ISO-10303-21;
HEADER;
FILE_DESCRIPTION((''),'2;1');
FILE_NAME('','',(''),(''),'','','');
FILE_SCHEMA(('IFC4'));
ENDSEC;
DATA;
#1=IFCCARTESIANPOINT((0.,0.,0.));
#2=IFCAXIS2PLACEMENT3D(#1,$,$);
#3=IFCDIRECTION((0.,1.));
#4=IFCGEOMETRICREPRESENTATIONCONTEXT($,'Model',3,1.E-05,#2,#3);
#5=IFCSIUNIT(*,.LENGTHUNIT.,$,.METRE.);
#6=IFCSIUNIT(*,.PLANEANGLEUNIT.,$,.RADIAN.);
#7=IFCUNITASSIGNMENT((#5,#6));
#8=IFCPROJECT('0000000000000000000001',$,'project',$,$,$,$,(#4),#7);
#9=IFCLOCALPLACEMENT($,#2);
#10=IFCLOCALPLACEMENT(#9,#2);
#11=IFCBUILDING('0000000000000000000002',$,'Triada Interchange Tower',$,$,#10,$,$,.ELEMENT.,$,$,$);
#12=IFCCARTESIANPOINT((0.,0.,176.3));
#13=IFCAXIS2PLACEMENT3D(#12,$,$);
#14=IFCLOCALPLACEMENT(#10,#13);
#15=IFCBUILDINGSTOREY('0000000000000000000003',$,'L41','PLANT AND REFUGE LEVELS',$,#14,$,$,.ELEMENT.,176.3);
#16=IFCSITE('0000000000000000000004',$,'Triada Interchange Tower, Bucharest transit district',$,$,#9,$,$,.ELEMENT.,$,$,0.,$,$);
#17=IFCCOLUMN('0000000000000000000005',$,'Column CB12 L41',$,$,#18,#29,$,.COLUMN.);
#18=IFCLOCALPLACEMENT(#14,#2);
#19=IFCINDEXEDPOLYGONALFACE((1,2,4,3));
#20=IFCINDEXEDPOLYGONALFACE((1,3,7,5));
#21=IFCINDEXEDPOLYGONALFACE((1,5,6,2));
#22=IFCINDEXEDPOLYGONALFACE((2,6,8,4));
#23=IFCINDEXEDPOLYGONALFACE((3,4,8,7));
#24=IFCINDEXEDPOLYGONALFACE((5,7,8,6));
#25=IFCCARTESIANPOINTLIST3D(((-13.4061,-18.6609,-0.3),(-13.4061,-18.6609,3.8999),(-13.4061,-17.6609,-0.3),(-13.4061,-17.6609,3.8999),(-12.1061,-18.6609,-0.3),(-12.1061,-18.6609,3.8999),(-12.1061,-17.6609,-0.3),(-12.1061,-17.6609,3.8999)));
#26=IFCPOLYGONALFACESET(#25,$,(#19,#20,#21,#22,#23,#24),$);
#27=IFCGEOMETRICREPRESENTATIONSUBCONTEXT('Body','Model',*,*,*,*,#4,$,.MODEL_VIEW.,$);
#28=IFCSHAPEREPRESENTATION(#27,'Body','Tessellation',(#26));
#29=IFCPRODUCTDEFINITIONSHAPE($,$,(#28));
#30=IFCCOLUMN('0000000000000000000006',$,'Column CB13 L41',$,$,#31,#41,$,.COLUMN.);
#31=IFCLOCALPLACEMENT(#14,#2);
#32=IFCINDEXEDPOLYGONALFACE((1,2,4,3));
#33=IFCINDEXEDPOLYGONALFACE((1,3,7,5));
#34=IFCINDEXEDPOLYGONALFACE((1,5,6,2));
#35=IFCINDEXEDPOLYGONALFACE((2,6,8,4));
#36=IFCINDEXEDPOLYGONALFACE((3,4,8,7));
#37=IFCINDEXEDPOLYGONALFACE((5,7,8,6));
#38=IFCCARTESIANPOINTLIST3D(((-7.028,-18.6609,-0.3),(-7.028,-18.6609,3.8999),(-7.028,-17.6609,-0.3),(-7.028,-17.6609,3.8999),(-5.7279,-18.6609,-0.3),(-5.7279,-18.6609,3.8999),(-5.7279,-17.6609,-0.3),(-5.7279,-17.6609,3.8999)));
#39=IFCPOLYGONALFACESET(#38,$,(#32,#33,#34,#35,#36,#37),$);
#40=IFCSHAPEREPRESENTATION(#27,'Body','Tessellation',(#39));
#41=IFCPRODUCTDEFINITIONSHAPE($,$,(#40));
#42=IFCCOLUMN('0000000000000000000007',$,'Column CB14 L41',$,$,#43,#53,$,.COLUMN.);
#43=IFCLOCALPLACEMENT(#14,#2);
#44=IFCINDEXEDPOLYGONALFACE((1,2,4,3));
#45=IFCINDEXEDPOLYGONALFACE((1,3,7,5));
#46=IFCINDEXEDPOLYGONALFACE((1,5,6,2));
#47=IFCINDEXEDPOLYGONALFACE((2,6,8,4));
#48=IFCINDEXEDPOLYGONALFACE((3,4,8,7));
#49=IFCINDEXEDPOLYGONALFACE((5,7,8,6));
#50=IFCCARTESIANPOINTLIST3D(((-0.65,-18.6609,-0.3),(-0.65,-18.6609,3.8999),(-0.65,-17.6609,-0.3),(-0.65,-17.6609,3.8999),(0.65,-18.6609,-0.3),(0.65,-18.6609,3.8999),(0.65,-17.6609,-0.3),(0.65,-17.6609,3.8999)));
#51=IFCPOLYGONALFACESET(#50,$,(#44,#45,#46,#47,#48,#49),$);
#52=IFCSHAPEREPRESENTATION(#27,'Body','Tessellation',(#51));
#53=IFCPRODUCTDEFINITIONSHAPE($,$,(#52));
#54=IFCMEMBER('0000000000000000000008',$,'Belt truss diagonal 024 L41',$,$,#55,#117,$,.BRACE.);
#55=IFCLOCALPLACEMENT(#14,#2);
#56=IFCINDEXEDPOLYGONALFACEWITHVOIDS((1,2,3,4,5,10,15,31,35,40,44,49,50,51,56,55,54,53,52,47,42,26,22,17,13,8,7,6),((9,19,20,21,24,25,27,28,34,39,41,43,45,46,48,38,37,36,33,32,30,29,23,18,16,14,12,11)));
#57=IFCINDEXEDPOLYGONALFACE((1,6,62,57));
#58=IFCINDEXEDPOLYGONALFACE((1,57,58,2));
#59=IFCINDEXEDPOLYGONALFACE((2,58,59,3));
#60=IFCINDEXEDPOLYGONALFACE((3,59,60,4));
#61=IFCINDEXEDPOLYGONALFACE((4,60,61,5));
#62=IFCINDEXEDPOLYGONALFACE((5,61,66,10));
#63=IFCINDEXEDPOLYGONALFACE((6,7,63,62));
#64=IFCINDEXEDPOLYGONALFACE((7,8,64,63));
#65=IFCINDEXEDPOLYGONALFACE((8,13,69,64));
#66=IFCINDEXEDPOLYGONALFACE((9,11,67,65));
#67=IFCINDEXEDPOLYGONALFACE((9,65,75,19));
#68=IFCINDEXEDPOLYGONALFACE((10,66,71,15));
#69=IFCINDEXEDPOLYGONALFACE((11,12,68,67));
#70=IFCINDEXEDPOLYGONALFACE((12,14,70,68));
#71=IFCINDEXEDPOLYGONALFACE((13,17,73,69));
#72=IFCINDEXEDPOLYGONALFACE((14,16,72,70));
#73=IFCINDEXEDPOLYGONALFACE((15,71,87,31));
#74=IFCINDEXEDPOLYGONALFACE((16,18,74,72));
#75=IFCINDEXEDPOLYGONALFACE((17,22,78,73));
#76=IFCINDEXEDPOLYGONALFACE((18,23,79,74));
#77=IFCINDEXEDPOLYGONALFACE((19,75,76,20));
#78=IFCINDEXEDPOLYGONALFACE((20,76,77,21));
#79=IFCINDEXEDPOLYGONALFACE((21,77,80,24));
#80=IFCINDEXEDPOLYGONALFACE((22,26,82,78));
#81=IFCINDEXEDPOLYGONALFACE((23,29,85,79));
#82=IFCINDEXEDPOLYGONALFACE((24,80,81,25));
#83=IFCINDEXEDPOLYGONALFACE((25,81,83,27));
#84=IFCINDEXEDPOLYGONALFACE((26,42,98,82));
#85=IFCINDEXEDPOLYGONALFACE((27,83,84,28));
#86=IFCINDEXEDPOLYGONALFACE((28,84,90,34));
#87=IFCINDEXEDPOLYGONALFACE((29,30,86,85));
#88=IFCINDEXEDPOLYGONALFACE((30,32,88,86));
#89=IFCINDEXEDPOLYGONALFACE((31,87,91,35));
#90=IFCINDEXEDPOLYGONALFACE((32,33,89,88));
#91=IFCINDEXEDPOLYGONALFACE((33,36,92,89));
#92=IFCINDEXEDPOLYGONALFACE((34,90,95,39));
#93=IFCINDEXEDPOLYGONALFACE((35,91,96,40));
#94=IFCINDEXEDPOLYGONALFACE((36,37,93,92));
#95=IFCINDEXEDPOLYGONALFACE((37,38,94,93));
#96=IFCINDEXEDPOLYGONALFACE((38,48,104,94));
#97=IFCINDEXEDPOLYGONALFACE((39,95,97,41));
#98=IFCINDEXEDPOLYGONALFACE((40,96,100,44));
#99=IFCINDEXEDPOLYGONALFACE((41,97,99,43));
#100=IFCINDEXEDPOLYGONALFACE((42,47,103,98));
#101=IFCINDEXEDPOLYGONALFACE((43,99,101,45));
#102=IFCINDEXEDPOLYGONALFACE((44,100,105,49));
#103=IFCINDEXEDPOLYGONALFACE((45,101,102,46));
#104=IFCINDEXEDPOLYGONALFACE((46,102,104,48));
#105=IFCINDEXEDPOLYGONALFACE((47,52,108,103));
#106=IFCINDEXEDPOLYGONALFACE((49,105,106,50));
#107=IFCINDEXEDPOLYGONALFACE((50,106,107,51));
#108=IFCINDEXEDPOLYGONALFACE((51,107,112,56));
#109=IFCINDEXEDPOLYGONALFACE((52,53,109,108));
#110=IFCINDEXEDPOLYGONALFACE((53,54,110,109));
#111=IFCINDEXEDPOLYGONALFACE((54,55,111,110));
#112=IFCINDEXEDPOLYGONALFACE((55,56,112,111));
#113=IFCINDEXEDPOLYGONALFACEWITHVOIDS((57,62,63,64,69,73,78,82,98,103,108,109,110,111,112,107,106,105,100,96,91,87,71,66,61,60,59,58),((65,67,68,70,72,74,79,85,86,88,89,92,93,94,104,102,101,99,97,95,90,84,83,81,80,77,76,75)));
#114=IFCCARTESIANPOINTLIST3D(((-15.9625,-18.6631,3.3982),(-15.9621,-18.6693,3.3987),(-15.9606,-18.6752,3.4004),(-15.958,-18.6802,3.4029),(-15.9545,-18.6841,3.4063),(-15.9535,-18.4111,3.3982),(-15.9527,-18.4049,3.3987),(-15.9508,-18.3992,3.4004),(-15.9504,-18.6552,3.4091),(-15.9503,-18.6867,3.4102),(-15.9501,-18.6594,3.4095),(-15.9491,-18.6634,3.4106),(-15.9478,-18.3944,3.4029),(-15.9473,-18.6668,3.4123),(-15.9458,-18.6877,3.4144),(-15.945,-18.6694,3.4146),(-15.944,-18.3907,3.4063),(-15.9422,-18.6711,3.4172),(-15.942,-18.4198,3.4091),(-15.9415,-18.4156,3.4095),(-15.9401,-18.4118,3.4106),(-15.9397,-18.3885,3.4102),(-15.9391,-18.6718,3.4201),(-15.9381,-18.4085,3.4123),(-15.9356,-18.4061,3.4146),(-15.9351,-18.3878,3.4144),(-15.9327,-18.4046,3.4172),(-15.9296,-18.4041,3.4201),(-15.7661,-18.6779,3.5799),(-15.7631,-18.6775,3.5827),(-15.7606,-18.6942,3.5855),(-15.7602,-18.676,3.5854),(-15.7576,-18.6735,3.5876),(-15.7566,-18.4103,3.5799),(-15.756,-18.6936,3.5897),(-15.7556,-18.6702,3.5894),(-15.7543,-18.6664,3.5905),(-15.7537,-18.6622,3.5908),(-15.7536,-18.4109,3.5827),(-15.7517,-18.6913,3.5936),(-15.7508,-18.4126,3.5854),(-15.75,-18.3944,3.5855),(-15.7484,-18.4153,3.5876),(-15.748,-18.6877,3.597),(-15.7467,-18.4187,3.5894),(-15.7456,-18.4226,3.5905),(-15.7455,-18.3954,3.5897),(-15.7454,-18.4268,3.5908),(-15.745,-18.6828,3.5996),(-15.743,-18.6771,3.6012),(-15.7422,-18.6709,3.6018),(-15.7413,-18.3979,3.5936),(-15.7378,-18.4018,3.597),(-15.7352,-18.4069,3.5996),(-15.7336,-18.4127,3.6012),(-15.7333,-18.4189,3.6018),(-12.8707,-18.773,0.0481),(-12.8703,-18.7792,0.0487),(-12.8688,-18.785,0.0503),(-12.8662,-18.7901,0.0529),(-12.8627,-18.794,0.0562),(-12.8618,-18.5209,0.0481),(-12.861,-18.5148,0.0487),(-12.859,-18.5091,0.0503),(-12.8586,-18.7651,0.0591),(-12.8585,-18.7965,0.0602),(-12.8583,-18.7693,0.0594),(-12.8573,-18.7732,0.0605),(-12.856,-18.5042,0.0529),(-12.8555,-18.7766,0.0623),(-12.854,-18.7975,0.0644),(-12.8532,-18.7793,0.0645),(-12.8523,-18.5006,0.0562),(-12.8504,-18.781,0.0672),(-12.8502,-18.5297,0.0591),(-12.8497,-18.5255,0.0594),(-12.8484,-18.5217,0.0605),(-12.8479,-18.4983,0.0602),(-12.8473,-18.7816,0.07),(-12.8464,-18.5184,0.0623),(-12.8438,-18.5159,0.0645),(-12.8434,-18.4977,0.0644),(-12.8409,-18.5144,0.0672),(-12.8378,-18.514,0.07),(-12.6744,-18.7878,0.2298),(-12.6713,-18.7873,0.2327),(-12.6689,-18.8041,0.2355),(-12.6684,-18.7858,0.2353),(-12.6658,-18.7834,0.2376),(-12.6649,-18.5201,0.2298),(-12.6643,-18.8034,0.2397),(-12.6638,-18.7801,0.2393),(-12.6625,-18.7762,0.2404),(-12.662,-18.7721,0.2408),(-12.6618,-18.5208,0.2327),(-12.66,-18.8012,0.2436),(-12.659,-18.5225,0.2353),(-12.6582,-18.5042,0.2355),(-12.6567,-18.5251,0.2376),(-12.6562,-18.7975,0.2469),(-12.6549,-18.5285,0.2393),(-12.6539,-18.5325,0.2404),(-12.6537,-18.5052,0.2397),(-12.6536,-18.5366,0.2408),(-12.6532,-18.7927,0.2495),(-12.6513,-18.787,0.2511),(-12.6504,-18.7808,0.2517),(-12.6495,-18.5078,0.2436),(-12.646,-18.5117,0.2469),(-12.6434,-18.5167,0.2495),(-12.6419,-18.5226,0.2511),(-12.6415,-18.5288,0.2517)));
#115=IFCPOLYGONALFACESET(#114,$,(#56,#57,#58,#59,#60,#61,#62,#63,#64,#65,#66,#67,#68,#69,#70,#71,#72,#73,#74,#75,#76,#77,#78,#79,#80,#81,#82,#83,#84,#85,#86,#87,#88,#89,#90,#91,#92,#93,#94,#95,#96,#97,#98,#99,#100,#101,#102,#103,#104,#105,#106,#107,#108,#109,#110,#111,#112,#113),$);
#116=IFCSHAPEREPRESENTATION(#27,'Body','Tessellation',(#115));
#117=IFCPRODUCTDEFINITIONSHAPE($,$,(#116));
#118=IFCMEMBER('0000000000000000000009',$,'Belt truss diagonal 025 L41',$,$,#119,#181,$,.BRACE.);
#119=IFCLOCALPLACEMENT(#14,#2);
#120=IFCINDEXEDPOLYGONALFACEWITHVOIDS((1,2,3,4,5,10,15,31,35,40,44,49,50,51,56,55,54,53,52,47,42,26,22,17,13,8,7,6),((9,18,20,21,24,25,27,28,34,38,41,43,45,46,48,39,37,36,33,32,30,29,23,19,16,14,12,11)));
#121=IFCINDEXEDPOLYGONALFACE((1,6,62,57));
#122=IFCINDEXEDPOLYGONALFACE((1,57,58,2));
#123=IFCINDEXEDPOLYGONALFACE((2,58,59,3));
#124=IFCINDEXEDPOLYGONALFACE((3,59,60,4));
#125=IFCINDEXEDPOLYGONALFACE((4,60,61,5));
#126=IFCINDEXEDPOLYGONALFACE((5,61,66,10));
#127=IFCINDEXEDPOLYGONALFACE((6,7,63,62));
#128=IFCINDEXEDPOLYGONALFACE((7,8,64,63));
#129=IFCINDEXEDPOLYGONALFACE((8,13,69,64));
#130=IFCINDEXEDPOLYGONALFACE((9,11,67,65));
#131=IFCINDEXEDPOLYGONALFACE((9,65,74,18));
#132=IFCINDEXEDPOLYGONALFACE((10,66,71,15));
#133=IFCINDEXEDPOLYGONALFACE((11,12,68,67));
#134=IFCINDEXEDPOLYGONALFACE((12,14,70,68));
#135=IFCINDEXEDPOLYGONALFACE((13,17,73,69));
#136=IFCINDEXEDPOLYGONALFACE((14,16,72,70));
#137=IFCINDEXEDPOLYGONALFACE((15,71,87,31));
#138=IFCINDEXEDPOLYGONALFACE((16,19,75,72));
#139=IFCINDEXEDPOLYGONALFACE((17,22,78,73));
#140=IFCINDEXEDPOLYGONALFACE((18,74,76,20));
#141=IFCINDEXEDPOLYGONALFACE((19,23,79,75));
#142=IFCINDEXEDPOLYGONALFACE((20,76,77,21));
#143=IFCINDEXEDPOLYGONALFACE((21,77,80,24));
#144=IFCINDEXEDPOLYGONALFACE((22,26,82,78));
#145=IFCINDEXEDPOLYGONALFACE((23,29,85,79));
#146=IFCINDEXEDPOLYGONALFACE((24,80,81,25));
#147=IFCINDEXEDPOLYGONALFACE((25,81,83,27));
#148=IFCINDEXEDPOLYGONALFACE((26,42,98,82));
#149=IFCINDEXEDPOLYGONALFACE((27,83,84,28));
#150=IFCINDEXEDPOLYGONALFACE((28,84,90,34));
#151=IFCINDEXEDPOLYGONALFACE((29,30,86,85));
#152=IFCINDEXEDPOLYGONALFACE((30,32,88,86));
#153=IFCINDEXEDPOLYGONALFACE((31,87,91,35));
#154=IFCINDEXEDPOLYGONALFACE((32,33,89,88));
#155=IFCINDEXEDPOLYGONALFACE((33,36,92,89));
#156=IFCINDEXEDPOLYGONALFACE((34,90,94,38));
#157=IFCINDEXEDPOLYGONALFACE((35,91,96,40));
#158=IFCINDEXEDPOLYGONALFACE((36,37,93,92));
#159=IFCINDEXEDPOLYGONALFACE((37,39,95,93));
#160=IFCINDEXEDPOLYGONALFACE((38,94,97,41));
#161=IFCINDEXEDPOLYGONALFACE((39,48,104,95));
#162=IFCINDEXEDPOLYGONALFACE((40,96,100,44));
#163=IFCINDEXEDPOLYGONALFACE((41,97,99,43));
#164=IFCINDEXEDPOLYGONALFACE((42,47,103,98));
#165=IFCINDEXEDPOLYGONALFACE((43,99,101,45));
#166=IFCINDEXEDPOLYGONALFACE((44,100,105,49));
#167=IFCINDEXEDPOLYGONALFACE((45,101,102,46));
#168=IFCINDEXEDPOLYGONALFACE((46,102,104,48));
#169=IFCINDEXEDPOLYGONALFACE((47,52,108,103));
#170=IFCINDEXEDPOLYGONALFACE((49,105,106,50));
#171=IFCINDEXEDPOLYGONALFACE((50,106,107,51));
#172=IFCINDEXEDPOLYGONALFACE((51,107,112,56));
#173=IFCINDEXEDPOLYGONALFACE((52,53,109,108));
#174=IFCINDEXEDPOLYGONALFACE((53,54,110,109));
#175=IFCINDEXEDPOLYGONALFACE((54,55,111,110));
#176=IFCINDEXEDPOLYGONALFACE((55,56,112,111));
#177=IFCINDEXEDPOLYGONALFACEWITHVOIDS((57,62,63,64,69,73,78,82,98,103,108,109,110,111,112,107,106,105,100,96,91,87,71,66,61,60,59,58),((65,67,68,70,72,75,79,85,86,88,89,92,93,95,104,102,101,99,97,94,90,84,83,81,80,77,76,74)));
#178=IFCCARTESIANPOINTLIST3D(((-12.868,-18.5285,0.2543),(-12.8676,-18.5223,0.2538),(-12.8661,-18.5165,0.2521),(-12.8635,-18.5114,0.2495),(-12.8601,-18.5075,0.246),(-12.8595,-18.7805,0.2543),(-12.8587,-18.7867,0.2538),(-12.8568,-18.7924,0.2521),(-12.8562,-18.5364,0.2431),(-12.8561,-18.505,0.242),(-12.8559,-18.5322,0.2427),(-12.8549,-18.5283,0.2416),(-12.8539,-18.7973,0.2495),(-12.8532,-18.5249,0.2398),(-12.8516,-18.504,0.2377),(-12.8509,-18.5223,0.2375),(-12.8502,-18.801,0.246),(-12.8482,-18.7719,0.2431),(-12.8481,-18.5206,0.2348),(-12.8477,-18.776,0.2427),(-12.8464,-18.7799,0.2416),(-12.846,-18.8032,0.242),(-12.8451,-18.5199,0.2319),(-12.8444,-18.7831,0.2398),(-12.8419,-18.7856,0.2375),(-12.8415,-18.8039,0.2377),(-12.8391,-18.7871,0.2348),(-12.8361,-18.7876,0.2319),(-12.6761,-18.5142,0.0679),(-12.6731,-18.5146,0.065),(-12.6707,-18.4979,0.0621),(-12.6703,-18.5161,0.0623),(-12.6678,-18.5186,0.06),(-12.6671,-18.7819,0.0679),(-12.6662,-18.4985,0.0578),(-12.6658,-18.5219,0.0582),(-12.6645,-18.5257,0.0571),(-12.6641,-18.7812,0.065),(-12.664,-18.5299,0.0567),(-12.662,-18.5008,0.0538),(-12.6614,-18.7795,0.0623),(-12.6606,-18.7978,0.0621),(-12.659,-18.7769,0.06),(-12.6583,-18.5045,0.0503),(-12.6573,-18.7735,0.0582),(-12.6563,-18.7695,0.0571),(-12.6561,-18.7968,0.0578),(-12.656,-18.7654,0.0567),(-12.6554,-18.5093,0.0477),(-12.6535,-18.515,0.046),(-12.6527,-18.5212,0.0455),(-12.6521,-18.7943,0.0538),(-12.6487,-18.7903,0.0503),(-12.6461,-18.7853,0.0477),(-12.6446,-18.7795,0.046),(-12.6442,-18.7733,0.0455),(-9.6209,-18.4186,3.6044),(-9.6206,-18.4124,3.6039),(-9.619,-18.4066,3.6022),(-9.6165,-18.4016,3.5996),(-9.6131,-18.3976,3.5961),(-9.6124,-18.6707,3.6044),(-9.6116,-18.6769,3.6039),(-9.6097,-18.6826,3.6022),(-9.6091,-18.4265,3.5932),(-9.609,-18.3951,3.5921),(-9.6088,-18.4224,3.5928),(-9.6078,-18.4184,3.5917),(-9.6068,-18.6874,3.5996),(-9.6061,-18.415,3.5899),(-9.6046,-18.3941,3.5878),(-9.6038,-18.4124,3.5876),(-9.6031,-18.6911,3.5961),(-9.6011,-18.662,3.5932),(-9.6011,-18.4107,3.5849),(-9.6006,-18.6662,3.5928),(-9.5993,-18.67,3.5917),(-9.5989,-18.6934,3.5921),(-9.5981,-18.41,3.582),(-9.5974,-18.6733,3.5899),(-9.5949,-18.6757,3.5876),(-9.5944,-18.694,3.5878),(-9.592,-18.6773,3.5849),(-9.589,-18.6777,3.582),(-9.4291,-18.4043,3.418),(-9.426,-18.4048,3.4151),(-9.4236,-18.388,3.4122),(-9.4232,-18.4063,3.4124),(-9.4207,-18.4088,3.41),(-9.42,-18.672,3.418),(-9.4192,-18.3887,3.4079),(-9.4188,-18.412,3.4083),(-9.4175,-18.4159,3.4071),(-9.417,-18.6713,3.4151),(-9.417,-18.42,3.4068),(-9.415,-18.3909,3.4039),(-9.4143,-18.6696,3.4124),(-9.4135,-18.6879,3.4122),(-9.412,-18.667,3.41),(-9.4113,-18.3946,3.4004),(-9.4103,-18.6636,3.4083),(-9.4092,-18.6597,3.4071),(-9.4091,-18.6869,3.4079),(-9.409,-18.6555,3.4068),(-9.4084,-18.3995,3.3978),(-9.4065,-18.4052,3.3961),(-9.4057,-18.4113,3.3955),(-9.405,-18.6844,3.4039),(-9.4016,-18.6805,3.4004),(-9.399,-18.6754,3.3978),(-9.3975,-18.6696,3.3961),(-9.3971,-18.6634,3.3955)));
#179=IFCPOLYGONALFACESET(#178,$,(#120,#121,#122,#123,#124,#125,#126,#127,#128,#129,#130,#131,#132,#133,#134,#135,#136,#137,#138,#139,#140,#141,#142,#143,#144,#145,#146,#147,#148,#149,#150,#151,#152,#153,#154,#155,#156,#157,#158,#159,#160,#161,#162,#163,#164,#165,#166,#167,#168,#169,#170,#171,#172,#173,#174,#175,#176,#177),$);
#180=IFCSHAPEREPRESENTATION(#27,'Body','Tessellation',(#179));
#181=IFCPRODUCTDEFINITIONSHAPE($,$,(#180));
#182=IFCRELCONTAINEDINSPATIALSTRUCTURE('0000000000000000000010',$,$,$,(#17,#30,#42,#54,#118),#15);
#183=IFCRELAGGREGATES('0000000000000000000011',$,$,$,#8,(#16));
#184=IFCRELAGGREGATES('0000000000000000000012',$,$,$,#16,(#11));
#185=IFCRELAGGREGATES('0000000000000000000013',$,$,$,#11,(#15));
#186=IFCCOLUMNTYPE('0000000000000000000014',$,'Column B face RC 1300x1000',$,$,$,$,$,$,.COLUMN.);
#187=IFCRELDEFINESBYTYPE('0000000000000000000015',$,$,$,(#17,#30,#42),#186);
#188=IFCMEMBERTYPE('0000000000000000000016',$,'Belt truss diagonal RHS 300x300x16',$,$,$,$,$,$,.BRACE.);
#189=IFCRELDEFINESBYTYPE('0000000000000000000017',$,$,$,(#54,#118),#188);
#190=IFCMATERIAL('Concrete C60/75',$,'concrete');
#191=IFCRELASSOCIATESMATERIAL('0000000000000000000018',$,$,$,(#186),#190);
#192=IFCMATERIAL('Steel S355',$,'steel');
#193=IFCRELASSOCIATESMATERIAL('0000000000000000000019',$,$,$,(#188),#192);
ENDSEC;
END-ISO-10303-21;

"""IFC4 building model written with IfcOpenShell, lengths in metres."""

from ifc_helpers import new_model, si_unit, direction, frame, origin, origin_2d, place, context, subcontext, project, spatial, rectangle, hollow_rectangle, extrude, material, material_profile, profile_set, type_object, element, save


model = new_model("IFC4")

# Units and contexts
model_context = context("Model", 3, precision=1e-05, world=origin(), true_north=direction((0.0, 1.0)))
body_context = subcontext(model_context, "Body", "Model", "MODEL_VIEW")
ifc_project = project(units=[si_unit("LENGTHUNIT", "METRE"), si_unit("PLANEANGLEUNIT", "RADIAN")], contexts=[model_context])

# Site, building, storey
site_placement = place(None, origin())
site = spatial("IfcSite", under=ifc_project, at=site_placement, Name="Triada Interchange Tower, Bucharest transit district", CompositionType="ELEMENT", RefElevation=0.0)
building_placement = place(site_placement, origin())
building = spatial("IfcBuilding", under=site, at=building_placement, Name="Triada Interchange Tower", CompositionType="ELEMENT")
storey_placement = place(building_placement, frame((0.0, 0.0, 176.3)))
storey = spatial("IfcBuildingStorey", under=building, at=storey_placement, Name="L41", Description="PLANT AND REFUGE LEVELS", CompositionType="ELEMENT", Elevation=176.3)

# Columns
ifc_material_1 = material(Name="Concrete C60/75", Category="concrete")
ifc_material_profile_1 = material_profile(ifc_material_1, rectangle(XDim=1.3, YDim=1.0, at=origin_2d()), Name="RC 1300x1000")
ifc_profile_set_1 = profile_set([ifc_material_profile_1], Name="Concrete C60/75")
column_type = type_object("IfcColumnType", Name="Column B face RC 1300x1000", PredefinedType="COLUMN", material=ifc_profile_set_1)
for number, where, z_axis, x_axis, name in (
    (1, (-12.7561, -18.1609, -0.3), (0.0, 0.0, 1.0), (1.0, 0.0, 0.0), "Column CB12 L41"),
    (2, (-6.3779, -18.1609, -0.3), (0.0, 0.0, 1.0), (1.0, 0.0, 0.0), "Column CB13 L41"),
    (3, (0.0, -18.1609, -0.3), (0.0, 0.0, 1.0), (1.0, 0.0, 0.0), "Column CB14 L41"),
):
    element("IfcColumn", number, at=place(storey_placement, frame(where, z_axis=z_axis, x_axis=x_axis)), inside=storey, type_object=column_type, Name=name, PredefinedType="COLUMN", context=body_context, shape_type="SweptSolid", body=[
        extrude(rectangle(XDim=1.3, YDim=1.0, at=origin_2d()), origin(), (0.0, 0.0, 1.0), 4.2),
    ])

# Members
ifc_material_2 = material(Name="Steel S355", Category="steel")
ifc_material_profile_2 = material_profile(ifc_material_2, hollow_rectangle(XDim=0.3, YDim=0.3, WallThickness=0.0161, InnerFilletRadius=0.0161, OuterFilletRadius=0.0239, at=origin_2d()), Name="RHS 300x300x16")
ifc_profile_set_2 = profile_set([ifc_material_profile_2], Name="Steel S355")
member_type = type_object("IfcMemberType", Name="Belt truss diagonal RHS 300x300x16", PredefinedType="BRACE", material=ifc_profile_set_2)
member_1_placement = place(storey_placement, frame((-12.7561, -18.6509, 0.1499), z_axis=(-0.678012, 0.024092, 0.734656), x_axis=(-0.035511, -0.999369, 0.0)))
element("IfcMember", 4, at=member_1_placement, inside=storey, type_object=member_type, Name="Belt truss diagonal 024 L41", PredefinedType="BRACE", context=body_context, shape_type="SweptSolid", body=[
    extrude(hollow_rectangle(XDim=0.3, YDim=0.3, WallThickness=0.0161, InnerFilletRadius=0.0161, OuterFilletRadius=0.0239, at=origin_2d()), origin(), (0.0, 0.0, 1.0), 4.5601),
])
member_2_placement = place(storey_placement, frame((-12.7561, -18.6509, 0.1499), z_axis=(0.695786, 0.023542, 0.717863), x_axis=(-0.033815, 0.999428, 0.0)))
element("IfcMember", 5, at=member_2_placement, inside=storey, type_object=member_type, Name="Belt truss diagonal 025 L41", PredefinedType="BRACE", context=body_context, shape_type="SweptSolid", body=[
    extrude(hollow_rectangle(XDim=0.3, YDim=0.3, WallThickness=0.0161, InnerFilletRadius=0.0161, OuterFilletRadius=0.0239, at=origin_2d()), origin(), (0.0, 0.0, 1.0), 4.6667),
])

save(model, "model.ifc")
